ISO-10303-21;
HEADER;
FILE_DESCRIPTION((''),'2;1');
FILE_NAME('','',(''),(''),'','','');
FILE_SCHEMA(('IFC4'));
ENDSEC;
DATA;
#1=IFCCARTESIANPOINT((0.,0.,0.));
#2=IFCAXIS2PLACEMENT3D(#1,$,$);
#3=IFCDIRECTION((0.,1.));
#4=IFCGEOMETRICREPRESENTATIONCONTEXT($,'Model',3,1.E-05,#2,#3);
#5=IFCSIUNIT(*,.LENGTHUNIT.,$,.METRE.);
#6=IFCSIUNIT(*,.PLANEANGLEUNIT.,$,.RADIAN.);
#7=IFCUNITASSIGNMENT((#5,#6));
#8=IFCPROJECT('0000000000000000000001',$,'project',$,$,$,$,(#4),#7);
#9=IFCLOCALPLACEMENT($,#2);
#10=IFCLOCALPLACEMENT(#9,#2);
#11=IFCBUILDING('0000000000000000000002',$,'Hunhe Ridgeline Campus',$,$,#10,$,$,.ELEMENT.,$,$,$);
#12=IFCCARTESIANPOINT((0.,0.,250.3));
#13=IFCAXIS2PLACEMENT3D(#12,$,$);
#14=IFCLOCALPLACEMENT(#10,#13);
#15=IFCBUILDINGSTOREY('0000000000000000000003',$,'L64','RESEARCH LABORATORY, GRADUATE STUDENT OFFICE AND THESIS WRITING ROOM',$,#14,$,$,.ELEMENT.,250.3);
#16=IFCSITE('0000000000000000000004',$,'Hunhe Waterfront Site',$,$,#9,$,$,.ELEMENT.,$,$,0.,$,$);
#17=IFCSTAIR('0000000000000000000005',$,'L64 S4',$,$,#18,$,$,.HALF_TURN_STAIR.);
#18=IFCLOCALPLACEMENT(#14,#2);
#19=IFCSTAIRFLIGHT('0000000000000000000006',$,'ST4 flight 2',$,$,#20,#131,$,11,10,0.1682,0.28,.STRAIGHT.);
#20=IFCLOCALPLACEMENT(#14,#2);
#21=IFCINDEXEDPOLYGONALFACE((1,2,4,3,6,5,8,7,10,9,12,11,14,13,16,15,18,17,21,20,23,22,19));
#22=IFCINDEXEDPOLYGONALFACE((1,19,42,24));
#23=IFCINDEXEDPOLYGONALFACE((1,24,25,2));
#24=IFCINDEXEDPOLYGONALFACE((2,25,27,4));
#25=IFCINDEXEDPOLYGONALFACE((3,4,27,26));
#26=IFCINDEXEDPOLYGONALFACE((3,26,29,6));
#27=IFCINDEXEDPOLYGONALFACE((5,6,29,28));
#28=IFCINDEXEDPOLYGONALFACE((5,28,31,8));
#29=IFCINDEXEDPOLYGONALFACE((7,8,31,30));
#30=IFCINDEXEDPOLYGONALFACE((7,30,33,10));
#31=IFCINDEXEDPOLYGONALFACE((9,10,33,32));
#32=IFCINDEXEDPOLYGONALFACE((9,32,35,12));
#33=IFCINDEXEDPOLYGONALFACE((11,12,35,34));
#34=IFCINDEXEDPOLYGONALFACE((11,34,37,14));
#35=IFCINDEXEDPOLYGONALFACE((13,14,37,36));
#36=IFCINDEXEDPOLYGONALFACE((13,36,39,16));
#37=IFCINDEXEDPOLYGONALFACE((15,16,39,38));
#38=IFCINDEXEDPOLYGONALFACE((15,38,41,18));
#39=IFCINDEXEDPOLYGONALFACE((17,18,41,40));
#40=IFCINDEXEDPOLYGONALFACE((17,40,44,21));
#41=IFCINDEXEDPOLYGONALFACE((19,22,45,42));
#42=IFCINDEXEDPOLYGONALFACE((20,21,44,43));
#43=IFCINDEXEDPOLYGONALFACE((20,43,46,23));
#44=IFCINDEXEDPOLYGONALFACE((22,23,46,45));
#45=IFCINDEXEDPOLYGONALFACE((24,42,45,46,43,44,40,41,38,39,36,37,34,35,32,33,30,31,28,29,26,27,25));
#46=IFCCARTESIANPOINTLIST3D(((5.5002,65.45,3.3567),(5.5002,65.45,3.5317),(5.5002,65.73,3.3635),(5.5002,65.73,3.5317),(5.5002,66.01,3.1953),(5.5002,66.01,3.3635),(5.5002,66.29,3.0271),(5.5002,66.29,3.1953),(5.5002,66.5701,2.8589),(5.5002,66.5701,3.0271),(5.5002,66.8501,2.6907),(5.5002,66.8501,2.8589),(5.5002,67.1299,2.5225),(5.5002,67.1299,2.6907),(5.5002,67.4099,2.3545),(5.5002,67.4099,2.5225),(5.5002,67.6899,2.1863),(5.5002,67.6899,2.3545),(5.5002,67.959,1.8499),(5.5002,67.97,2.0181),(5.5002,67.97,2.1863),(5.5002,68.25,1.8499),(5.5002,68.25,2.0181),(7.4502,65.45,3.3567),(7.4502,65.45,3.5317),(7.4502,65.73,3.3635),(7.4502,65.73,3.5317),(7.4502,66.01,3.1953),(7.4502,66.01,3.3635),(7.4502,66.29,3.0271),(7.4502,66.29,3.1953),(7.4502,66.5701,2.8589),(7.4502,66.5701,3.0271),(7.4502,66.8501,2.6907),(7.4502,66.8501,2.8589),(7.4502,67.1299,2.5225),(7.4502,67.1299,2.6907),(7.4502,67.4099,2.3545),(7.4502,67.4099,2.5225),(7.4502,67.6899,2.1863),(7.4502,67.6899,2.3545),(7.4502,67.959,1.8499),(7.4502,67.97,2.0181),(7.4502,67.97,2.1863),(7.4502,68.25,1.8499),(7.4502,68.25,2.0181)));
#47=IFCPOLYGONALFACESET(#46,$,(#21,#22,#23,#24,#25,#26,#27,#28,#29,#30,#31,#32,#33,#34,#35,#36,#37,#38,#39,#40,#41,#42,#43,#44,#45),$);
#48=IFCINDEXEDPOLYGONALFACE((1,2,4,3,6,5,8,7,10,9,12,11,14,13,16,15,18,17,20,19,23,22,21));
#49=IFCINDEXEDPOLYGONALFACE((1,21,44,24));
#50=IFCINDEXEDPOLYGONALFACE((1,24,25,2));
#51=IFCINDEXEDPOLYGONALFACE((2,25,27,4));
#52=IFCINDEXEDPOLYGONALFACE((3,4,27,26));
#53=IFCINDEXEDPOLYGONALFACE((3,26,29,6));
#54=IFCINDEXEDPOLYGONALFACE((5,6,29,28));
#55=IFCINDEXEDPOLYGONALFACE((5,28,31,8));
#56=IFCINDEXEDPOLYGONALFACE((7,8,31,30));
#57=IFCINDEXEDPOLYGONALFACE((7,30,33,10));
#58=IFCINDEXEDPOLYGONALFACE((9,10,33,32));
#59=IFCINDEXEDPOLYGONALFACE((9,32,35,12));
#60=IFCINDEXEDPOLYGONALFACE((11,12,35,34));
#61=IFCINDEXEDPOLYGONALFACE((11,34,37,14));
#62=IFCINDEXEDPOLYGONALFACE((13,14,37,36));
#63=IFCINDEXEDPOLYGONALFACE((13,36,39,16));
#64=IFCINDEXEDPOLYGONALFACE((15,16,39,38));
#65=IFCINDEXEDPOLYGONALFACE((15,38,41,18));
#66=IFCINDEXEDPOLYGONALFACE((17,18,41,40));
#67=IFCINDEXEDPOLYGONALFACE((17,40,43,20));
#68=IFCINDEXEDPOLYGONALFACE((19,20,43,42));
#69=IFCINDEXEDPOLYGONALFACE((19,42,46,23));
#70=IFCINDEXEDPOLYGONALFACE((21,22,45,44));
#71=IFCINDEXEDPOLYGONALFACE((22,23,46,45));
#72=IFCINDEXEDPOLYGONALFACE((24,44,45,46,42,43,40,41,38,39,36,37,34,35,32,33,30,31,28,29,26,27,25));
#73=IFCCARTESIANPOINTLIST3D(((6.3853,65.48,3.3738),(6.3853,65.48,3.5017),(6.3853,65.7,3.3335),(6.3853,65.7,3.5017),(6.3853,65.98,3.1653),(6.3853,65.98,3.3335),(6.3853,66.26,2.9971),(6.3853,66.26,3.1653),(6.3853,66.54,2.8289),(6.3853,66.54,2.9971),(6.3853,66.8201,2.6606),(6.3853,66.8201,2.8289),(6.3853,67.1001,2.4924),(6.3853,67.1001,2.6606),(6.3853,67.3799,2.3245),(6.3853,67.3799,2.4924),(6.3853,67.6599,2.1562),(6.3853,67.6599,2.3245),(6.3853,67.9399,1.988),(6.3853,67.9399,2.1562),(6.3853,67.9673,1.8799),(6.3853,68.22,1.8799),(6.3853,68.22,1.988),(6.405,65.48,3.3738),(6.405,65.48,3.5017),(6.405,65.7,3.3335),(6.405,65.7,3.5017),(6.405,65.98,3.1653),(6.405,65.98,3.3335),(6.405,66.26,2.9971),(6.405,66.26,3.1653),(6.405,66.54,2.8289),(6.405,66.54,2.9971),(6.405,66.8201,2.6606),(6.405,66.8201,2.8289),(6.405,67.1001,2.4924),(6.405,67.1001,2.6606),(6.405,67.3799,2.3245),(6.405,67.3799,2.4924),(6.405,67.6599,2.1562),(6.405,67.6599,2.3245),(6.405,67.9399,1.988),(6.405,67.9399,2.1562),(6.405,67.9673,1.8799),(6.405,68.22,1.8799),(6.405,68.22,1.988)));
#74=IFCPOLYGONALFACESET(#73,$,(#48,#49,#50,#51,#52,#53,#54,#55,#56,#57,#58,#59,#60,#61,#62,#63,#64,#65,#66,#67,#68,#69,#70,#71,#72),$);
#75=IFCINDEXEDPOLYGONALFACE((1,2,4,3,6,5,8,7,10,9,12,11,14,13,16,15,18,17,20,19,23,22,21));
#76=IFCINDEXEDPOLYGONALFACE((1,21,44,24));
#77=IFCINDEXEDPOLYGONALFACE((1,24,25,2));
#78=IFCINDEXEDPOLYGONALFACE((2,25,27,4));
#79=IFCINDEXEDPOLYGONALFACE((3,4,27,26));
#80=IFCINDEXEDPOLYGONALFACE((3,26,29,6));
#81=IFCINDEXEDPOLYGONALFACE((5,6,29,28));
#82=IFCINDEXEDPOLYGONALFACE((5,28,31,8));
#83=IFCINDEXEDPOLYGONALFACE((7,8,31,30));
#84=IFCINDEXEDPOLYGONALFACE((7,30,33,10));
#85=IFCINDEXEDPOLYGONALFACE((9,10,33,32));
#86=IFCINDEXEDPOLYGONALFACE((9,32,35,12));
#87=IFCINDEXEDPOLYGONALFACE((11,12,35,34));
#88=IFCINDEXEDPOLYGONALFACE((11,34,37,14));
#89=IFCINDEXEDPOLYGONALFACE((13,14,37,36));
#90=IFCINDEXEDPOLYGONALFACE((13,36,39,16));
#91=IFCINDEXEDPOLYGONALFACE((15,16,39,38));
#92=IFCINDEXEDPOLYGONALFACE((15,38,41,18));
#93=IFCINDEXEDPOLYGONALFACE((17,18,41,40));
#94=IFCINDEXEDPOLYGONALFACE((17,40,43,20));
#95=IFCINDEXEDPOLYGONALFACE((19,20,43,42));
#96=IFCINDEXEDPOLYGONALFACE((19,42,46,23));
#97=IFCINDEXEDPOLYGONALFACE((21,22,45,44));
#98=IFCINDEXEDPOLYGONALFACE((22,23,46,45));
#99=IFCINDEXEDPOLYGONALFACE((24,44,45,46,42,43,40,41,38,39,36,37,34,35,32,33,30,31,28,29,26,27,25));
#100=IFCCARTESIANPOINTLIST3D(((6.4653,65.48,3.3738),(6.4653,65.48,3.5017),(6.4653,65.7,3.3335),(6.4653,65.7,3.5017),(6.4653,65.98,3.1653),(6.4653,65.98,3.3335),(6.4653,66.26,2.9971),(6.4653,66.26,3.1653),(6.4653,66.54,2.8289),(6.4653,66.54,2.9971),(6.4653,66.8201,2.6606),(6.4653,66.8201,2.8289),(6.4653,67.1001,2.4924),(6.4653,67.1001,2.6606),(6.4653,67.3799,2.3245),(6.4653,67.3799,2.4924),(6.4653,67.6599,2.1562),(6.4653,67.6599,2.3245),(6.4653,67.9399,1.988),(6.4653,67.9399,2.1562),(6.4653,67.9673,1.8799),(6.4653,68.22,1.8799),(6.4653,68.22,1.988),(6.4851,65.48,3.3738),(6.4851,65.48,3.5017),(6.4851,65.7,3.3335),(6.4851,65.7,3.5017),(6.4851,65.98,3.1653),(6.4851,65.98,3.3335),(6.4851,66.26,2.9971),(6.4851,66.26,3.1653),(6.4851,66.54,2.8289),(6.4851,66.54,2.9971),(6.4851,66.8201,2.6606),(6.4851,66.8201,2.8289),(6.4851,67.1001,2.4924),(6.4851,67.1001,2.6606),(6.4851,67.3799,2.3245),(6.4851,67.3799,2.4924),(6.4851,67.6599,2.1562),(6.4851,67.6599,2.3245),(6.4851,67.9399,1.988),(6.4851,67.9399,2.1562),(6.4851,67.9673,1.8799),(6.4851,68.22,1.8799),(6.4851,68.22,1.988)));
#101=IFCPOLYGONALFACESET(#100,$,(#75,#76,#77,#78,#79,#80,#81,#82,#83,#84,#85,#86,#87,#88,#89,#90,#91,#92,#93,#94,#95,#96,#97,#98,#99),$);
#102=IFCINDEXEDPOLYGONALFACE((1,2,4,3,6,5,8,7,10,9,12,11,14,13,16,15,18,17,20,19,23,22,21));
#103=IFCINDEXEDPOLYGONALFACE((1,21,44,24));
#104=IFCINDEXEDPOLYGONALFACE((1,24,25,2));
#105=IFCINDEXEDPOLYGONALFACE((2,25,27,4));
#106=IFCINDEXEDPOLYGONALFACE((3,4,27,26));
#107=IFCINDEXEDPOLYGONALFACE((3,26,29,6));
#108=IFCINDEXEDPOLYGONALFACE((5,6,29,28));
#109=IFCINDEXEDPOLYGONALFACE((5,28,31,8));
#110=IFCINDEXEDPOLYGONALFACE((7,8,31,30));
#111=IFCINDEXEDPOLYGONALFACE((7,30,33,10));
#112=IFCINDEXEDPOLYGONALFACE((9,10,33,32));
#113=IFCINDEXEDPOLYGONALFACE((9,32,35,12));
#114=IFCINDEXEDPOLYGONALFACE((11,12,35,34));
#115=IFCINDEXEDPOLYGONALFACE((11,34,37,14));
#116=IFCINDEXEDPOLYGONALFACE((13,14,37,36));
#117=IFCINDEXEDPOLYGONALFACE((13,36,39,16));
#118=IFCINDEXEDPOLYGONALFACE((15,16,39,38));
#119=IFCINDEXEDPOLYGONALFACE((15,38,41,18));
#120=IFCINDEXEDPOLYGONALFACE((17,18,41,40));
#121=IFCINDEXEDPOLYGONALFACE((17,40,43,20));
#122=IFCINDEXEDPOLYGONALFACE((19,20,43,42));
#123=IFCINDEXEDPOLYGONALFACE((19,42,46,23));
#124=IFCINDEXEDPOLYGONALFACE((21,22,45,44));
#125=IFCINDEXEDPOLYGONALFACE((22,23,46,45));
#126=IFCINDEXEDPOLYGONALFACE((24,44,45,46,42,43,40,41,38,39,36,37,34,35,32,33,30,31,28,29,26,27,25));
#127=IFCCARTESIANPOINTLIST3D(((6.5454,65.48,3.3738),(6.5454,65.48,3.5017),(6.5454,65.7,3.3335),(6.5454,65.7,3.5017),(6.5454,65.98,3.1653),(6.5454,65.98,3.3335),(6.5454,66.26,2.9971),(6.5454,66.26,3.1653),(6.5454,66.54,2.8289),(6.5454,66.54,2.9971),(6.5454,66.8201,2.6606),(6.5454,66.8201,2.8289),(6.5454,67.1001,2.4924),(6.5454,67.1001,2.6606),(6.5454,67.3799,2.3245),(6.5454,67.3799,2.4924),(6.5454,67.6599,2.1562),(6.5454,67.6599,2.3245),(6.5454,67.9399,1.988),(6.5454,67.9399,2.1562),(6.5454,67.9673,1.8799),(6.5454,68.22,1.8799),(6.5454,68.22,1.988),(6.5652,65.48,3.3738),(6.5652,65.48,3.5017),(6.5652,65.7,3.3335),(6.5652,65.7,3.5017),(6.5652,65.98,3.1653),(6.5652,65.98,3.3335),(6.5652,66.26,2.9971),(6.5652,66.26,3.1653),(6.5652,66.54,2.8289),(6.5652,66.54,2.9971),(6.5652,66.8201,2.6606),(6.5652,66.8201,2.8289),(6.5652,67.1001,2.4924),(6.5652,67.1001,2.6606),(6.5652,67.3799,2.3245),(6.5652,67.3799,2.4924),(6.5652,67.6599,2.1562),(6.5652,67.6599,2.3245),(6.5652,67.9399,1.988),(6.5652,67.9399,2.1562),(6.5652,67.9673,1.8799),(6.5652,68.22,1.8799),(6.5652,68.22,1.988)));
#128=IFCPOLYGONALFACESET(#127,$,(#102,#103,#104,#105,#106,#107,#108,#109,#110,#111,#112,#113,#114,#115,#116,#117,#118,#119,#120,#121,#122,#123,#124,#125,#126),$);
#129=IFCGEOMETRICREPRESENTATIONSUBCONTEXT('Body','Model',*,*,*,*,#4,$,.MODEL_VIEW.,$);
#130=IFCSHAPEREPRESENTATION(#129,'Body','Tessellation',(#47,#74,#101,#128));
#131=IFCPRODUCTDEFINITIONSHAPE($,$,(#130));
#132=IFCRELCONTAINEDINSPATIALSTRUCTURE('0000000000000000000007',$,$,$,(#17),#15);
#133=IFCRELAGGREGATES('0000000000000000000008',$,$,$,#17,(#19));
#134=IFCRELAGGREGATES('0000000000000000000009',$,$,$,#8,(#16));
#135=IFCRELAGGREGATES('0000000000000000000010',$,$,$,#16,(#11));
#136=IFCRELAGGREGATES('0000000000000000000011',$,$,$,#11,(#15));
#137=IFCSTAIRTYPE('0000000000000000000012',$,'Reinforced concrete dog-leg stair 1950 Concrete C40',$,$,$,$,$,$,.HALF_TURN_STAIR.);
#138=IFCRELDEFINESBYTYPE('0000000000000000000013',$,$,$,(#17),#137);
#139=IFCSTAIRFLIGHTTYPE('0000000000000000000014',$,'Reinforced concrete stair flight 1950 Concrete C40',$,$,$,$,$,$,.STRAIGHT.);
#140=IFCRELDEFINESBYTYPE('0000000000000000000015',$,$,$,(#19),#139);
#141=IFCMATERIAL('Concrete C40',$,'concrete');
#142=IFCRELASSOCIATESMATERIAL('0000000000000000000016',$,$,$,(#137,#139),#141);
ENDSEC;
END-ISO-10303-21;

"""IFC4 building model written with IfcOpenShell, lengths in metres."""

from ifc_helpers import new_model, si_unit, direction, frame, origin, place, context, subcontext, project, spatial, polyline, outline, extrude, material, type_object, element, aggregate, save


model = new_model("IFC4")

# Units and contexts
model_context = context("Model", 3, precision=1e-05, world=origin(), true_north=direction((0.0, 1.0)))
body_context = subcontext(model_context, "Body", "Model", "MODEL_VIEW")
ifc_project = project(units=[si_unit("LENGTHUNIT", "METRE"), si_unit("PLANEANGLEUNIT", "RADIAN")], contexts=[model_context])

# Site, building, storey
site_placement = place(None, origin())
site = spatial("IfcSite", under=ifc_project, at=site_placement, Name="Hunhe Waterfront Site", CompositionType="ELEMENT", RefElevation=0.0)
building_placement = place(site_placement, origin())
building = spatial("IfcBuilding", under=site, at=building_placement, Name="Hunhe Ridgeline Campus", CompositionType="ELEMENT")
storey_placement = place(building_placement, frame((0.0, 0.0, 250.3)))
storey = spatial("IfcBuildingStorey", under=building, at=storey_placement, Name="L64", Description="RESEARCH LABORATORY, GRADUATE STUDENT OFFICE AND THESIS WRITING ROOM", CompositionType="ELEMENT", Elevation=250.3)

# Stair, stair flight
ifc_material_1 = material(Name="Concrete C40", Category="concrete")
stair_type = type_object("IfcStairType", Name="Reinforced concrete dog-leg stair 1950 Concrete C40", PredefinedType="HALF_TURN_STAIR", material=ifc_material_1)
stair_flight_type = type_object("IfcStairFlightType", Name="Reinforced concrete stair flight 1950 Concrete C40", PredefinedType="STRAIGHT", material=ifc_material_1)
stair_1_placement = place(storey_placement, origin())
stair_1 = element("IfcStair", 1, at=stair_1_placement, inside=storey, type_object=stair_type, Name="L64 S4", PredefinedType="HALF_TURN_STAIR")
stair_flight_1_placement = place(storey_placement, frame((6.4751, 68.25, 1.8499), z_axis=(0.0, 0.0, 1.0), x_axis=(0.0, -1.0, 0.0)))
stair_flight_1 = element("IfcStairFlight", 2, at=stair_flight_1_placement, type_object=stair_flight_type, Name="ST4 flight 2", NumberOfRisers=11, NumberOfTreads=10, PredefinedType="STRAIGHT", RiserHeight=0.1682, TreadLength=0.28, context=body_context, shape_type="SweptSolid", body=[
    extrude(outline(polyline([(0.0, 0.0), (0.0, 0.1682), (0.28, 0.1682), (0.28, 0.3364), (0.5601, 0.3364), (0.5601, 0.5046), (0.8401, 0.5046), (0.8401, 0.6726), (1.1201, 0.6726), (1.1201, 0.8408), (1.3999, 0.8408), (1.3999, 1.009), (1.6799, 1.009), (1.6799, 1.1772), (1.96, 1.1772), (1.96, 1.3455), (2.24, 1.3455), (2.24, 1.5137), (2.52, 1.5137), (2.52, 1.6819), (2.8, 1.6819), (2.8, 1.8501), (2.8, 1.5068), (0.291, 0.0), (0.0, 0.0)])), frame((0.0, 0.9751, 0.0), z_axis=(0.0, -1.0, 0.0), x_axis=(1.0, 0.0, 0.0)), (0.0, 0.0, 1.0), 1.95),
    extrude(outline(polyline([(0.03, 0.03), (0.03, 0.1382), (0.3101, 0.1382), (0.3101, 0.3064), (0.5901, 0.3064), (0.5901, 0.4746), (0.8701, 0.4746), (0.8701, 0.6426), (1.1499, 0.6426), (1.1499, 0.8108), (1.4299, 0.8108), (1.4299, 0.979), (1.71, 0.979), (1.71, 1.1472), (1.99, 1.1472), (1.99, 1.3154), (2.27, 1.3154), (2.27, 1.4836), (2.55, 1.4836), (2.55, 1.6519), (2.77, 1.6519), (2.77, 1.5239), (0.2827, 0.03), (0.03, 0.03)])), frame((0.0, -0.0701, 0.0), z_axis=(0.0, -1.0, 0.0), x_axis=(1.0, 0.0, 0.0)), (0.0, 0.0, 1.0), 0.0198),
    extrude(outline(polyline([(0.03, 0.03), (0.03, 0.1382), (0.3101, 0.1382), (0.3101, 0.3064), (0.5901, 0.3064), (0.5901, 0.4746), (0.8701, 0.4746), (0.8701, 0.6426), (1.1499, 0.6426), (1.1499, 0.8108), (1.4299, 0.8108), (1.4299, 0.979), (1.71, 0.979), (1.71, 1.1472), (1.99, 1.1472), (1.99, 1.3154), (2.27, 1.3154), (2.27, 1.4836), (2.55, 1.4836), (2.55, 1.6519), (2.77, 1.6519), (2.77, 1.5239), (0.2827, 0.03), (0.03, 0.03)])), frame((0.0, 0.01, 0.0), z_axis=(0.0, -1.0, 0.0), x_axis=(1.0, 0.0, 0.0)), (0.0, 0.0, 1.0), 0.0198),
    extrude(outline(polyline([(0.03, 0.03), (0.03, 0.1382), (0.3101, 0.1382), (0.3101, 0.3064), (0.5901, 0.3064), (0.5901, 0.4746), (0.8701, 0.4746), (0.8701, 0.6426), (1.1499, 0.6426), (1.1499, 0.8108), (1.4299, 0.8108), (1.4299, 0.979), (1.71, 0.979), (1.71, 1.1472), (1.99, 1.1472), (1.99, 1.3154), (2.27, 1.3154), (2.27, 1.4836), (2.55, 1.4836), (2.55, 1.6519), (2.77, 1.6519), (2.77, 1.5239), (0.2827, 0.03), (0.03, 0.03)])), frame((0.0, 0.0901, 0.0), z_axis=(0.0, -1.0, 0.0), x_axis=(1.0, 0.0, 0.0)), (0.0, 0.0, 1.0), 0.0198),
])
aggregate(stair_1, [stair_flight_1])

save(model, "model.ifc")
